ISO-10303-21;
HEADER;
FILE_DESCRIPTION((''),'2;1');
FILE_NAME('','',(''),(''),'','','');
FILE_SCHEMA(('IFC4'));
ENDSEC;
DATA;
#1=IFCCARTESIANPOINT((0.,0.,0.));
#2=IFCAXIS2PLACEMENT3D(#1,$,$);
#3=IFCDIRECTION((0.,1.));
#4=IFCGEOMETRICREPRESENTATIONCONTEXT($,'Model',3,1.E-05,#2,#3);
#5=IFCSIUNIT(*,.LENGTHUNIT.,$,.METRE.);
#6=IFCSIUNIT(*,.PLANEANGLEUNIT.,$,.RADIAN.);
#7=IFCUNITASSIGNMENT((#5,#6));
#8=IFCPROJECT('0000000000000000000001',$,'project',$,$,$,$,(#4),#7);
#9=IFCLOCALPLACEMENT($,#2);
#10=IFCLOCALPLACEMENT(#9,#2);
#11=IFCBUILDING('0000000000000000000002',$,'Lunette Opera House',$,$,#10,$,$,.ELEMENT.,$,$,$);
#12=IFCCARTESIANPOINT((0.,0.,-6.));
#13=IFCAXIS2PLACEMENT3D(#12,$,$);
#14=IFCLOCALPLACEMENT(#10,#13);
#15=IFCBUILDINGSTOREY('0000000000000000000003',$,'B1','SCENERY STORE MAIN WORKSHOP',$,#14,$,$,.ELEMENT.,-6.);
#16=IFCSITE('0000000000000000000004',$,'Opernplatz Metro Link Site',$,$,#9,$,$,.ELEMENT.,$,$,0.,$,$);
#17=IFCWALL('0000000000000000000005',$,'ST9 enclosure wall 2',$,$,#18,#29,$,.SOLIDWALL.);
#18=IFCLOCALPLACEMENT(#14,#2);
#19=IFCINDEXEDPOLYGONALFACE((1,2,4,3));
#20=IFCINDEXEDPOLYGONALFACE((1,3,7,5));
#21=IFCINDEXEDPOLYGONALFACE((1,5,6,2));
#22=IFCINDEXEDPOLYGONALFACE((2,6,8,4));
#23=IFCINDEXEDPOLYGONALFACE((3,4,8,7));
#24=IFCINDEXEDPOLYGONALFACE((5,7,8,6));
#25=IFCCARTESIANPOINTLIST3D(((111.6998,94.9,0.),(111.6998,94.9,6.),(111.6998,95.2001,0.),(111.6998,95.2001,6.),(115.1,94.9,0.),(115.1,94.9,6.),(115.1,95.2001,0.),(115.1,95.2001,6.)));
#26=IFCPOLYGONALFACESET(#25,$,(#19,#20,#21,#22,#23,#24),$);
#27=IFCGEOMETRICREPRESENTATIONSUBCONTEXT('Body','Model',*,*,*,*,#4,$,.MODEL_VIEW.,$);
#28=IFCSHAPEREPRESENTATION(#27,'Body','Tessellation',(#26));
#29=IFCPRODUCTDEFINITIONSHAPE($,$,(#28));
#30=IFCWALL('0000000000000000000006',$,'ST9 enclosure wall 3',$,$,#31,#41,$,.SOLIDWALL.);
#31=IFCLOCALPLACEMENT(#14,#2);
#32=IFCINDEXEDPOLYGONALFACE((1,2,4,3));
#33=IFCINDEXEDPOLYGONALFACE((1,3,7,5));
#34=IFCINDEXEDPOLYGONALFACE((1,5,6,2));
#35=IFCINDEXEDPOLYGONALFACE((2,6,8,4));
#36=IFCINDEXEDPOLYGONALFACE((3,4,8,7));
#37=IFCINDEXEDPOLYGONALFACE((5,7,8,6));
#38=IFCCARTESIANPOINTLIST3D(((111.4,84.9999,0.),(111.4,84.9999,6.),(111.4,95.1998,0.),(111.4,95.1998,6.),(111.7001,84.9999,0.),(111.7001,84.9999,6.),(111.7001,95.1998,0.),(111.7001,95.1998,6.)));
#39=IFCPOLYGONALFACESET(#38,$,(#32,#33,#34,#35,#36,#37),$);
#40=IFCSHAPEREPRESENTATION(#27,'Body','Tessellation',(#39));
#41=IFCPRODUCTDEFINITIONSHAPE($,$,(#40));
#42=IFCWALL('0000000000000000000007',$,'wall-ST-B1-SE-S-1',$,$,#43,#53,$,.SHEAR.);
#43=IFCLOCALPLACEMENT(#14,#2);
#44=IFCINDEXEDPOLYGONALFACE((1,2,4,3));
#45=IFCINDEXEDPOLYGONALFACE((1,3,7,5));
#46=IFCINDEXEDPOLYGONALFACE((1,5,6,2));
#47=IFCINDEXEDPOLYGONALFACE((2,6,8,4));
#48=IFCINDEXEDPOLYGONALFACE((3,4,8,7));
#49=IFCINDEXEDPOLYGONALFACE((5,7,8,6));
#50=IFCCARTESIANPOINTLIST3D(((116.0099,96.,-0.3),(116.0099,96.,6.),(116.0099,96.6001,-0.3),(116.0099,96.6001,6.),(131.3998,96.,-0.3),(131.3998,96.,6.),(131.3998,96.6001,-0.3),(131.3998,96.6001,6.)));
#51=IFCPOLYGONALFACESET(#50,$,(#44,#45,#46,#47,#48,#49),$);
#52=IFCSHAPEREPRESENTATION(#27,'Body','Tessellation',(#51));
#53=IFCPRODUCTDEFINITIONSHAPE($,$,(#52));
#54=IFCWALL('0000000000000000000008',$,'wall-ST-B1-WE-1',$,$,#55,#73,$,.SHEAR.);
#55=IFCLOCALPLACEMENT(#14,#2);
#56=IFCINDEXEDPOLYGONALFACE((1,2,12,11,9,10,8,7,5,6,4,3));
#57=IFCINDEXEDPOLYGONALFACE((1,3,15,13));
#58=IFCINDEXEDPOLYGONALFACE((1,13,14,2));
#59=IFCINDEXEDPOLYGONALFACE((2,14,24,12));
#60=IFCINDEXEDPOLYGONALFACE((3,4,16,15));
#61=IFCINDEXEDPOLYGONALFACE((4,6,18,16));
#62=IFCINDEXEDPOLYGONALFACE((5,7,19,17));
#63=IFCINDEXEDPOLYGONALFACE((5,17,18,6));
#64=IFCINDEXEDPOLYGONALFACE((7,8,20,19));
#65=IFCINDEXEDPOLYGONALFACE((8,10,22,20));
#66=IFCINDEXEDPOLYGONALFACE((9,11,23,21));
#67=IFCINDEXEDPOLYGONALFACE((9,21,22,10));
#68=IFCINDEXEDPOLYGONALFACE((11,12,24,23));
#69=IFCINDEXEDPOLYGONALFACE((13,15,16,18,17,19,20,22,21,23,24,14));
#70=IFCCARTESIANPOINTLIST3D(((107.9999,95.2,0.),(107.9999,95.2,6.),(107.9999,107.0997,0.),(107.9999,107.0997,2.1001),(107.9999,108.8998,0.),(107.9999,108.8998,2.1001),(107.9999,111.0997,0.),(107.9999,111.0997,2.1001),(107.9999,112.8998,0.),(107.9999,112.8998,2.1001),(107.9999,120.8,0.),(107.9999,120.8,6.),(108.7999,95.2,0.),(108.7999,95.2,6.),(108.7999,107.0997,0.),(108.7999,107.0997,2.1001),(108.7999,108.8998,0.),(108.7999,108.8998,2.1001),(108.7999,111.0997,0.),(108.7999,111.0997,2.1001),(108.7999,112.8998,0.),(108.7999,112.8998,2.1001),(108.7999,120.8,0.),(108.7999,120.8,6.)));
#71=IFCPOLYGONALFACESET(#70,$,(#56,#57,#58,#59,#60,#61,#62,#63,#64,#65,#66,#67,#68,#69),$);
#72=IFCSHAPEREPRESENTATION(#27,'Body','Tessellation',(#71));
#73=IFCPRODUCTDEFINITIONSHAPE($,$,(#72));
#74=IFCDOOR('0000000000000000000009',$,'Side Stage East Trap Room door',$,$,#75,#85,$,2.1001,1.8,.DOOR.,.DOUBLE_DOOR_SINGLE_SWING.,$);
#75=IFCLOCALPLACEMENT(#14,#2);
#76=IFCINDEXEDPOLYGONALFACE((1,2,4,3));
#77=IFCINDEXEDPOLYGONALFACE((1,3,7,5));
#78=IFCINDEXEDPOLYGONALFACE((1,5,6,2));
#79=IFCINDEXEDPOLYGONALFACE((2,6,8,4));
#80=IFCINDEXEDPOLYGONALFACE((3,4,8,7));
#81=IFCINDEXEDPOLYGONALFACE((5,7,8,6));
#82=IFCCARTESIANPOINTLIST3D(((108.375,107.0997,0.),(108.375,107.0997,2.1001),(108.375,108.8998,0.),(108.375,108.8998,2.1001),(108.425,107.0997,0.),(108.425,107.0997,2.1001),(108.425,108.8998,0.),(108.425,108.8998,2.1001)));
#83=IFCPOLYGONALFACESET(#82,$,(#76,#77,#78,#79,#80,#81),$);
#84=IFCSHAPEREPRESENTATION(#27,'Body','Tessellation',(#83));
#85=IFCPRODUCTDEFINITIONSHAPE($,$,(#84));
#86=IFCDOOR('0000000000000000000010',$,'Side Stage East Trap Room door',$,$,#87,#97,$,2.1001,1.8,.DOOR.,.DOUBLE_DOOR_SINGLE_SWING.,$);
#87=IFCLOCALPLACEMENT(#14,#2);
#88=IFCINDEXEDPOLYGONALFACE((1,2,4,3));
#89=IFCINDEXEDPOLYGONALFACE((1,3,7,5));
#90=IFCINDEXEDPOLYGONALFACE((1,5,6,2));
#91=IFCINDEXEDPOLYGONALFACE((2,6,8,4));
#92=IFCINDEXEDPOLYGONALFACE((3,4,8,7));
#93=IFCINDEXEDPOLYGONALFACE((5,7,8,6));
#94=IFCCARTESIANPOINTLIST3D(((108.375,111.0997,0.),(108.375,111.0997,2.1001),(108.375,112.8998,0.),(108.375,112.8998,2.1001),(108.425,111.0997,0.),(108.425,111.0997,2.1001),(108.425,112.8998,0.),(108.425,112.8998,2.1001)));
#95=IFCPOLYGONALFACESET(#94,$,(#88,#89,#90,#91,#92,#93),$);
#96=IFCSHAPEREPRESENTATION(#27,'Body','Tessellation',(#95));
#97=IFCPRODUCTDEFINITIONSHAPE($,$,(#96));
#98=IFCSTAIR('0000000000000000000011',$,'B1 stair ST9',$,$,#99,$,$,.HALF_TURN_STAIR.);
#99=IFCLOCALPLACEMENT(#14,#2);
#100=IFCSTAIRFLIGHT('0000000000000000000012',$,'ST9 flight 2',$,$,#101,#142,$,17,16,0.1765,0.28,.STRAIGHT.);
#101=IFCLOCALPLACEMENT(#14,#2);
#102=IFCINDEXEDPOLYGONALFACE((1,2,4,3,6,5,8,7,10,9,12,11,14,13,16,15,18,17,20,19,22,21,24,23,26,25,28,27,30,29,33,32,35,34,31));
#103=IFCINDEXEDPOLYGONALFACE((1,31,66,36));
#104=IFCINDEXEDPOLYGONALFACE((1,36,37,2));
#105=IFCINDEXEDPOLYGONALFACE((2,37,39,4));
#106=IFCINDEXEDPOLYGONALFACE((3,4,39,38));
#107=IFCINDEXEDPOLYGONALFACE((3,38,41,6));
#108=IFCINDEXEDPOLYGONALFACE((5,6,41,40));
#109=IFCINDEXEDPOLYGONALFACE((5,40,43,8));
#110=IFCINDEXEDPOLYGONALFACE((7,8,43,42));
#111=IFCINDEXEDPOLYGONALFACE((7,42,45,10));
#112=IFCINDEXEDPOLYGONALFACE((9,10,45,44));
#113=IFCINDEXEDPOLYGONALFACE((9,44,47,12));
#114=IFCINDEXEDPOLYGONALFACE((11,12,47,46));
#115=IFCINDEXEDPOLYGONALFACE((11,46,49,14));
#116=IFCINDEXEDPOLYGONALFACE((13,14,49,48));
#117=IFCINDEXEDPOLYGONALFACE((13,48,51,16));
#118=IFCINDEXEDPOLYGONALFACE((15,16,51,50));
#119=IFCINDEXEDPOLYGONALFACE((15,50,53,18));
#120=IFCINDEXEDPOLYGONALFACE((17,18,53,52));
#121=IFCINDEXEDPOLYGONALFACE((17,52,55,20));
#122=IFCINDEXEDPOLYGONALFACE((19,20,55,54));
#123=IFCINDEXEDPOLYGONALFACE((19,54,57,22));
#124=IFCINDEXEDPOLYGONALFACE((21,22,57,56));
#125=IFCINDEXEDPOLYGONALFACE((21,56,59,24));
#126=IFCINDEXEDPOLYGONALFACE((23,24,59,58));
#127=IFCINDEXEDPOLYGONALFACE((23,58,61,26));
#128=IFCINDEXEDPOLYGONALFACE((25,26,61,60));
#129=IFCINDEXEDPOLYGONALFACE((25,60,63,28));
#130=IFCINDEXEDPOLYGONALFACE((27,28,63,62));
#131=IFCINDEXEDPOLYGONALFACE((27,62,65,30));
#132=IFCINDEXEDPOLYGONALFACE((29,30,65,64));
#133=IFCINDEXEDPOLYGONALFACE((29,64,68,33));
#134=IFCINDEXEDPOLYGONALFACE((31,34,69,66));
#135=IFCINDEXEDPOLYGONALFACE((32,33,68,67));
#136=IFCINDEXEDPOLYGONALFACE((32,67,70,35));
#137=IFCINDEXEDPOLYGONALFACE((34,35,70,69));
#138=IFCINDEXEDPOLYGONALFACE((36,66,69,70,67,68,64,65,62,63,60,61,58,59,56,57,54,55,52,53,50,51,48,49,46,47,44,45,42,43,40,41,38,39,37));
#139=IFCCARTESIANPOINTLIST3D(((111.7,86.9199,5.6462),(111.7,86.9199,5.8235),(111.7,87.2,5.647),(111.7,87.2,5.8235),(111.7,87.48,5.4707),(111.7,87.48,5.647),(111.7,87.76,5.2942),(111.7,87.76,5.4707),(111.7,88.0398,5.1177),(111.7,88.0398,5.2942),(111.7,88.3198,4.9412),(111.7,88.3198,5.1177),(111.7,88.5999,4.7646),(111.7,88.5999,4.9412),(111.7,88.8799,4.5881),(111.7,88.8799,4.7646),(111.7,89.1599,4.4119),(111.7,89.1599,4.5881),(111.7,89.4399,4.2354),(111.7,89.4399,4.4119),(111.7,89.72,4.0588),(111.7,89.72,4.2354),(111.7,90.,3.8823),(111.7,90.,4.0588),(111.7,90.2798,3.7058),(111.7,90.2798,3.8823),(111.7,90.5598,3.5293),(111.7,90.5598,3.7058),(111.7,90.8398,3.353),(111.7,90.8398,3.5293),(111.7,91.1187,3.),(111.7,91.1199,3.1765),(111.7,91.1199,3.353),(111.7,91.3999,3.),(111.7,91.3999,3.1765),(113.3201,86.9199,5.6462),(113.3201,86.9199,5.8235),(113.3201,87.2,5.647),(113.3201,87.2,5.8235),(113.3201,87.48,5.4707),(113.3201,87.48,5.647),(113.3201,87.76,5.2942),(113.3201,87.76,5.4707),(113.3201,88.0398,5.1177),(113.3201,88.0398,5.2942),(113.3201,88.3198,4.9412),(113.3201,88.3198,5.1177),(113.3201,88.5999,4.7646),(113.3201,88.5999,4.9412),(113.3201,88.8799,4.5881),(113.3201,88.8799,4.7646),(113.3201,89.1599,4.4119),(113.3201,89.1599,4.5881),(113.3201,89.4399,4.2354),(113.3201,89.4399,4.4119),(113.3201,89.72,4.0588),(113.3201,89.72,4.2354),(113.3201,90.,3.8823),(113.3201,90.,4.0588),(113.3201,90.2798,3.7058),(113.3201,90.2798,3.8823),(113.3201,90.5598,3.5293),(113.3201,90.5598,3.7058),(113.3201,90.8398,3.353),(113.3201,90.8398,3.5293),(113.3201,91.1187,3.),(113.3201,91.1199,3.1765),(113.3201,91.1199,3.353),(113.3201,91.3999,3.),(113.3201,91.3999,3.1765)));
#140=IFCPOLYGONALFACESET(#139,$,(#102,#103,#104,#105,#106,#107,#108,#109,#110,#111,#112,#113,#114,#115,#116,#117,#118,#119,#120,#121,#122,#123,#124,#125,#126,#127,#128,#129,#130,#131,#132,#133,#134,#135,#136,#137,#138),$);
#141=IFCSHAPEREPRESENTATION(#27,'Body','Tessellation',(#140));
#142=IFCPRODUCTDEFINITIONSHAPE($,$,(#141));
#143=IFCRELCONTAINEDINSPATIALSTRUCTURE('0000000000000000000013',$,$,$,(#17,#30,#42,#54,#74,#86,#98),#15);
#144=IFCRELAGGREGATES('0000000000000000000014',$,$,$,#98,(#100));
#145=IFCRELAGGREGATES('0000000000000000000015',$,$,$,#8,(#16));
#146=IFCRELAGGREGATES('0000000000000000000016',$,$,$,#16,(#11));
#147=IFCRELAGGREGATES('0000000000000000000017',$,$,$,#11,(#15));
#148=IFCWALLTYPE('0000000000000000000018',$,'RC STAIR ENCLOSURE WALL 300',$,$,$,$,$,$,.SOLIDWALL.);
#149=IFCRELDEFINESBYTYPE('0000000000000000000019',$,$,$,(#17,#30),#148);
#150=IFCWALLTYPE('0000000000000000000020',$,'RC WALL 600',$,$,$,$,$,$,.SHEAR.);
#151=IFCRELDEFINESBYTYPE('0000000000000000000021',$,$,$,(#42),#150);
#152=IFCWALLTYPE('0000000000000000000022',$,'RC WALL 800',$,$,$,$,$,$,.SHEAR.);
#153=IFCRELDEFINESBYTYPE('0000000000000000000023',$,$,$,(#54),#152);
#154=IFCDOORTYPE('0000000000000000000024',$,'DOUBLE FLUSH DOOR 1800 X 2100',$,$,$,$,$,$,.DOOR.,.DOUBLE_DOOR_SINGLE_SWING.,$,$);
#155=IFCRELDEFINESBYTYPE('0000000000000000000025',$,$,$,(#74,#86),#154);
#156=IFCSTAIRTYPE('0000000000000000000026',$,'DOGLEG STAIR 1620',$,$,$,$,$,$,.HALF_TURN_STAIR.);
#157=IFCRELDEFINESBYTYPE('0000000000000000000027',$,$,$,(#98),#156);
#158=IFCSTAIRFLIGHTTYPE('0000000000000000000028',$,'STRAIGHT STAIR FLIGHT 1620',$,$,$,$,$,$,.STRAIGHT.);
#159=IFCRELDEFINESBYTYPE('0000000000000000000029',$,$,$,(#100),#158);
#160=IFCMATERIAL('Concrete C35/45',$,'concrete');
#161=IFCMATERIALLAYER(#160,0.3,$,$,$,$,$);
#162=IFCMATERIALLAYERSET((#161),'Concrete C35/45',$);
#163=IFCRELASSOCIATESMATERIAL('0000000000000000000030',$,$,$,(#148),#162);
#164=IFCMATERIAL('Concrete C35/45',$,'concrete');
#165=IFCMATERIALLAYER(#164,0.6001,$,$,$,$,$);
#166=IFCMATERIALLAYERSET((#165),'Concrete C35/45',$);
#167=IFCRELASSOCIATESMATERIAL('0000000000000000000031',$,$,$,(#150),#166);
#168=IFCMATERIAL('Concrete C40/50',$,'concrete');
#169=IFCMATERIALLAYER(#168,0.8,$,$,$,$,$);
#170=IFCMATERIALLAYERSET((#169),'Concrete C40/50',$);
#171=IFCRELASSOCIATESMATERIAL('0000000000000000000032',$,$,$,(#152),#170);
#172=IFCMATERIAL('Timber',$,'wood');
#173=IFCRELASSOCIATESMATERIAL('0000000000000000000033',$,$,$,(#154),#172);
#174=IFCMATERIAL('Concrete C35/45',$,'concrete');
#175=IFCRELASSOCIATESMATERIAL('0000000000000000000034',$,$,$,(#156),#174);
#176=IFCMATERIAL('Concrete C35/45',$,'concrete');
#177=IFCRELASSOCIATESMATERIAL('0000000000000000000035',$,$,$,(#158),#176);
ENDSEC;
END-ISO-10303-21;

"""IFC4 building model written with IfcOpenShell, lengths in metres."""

from ifc_helpers import new_model, si_unit, direction, frame, frame_2d, origin, place, context, subcontext, project, spatial, polyline, rectangle, outline, extrude, material, layer, layer_set, type_object, element, fill, aggregate, save


model = new_model("IFC4")

# Units and contexts
model_context = context("Model", 3, precision=1e-05, world=origin(), true_north=direction((0.0, 1.0)))
body_context = subcontext(model_context, "Body", "Model", "MODEL_VIEW")
ifc_project = project(units=[si_unit("LENGTHUNIT", "METRE"), si_unit("PLANEANGLEUNIT", "RADIAN")], contexts=[model_context])

# Site, building, storey
site_placement = place(None, origin())
site = spatial("IfcSite", under=ifc_project, at=site_placement, Name="Opernplatz Metro Link Site", CompositionType="ELEMENT", RefElevation=0.0)
building_placement = place(site_placement, origin())
building = spatial("IfcBuilding", under=site, at=building_placement, Name="Lunette Opera House", CompositionType="ELEMENT")
storey_placement = place(building_placement, frame((0.0, 0.0, -6.0)))
storey = spatial("IfcBuildingStorey", under=building, at=storey_placement, Name="B1", Description="SCENERY STORE MAIN WORKSHOP", CompositionType="ELEMENT", Elevation=-6.0)

# Walls
ifc_material_1 = material(Name="Concrete C35/45", Category="concrete")
ifc_layer_1 = layer(ifc_material_1, 0.3)
ifc_layer_set_1 = layer_set([ifc_layer_1], Name="Concrete C35/45")
wall_type_1 = type_object("IfcWallType", Name="RC STAIR ENCLOSURE WALL 300", PredefinedType="SOLIDWALL", material=ifc_layer_set_1)
wall_1_placement = place(storey_placement, frame((115.1001, 95.05, 0.0), z_axis=(0.0, 0.0, 1.0), x_axis=(-1.0, 0.0, 0.0)))
element("IfcWall", 1, at=wall_1_placement, inside=storey, type_object=wall_type_1, Name="ST9 enclosure wall 2", PredefinedType="SOLIDWALL", context=body_context, shape_type="SweptSolid", body=[
    extrude(rectangle(XDim=3.4001, YDim=0.3, at=frame_2d((1.7002, 0.0))), origin(), (0.0, 0.0, 1.0), 6.0),
])
wall_2_placement = place(storey_placement, frame((111.55, 95.2, 0.0), z_axis=(0.0, 0.0, 1.0), x_axis=(0.0, -1.0, 0.0)))
element("IfcWall", 2, at=wall_2_placement, inside=storey, type_object=wall_type_1, Name="ST9 enclosure wall 3", PredefinedType="SOLIDWALL", context=body_context, shape_type="SweptSolid", body=[
    extrude(rectangle(XDim=10.2, YDim=0.3, at=frame_2d((5.1001, 0.0))), origin(), (0.0, 0.0, 1.0), 6.0),
])
ifc_material_2 = material(Name="Concrete C35/45", Category="concrete")
ifc_layer_2 = layer(ifc_material_2, 0.6001)
ifc_layer_set_2 = layer_set([ifc_layer_2], Name="Concrete C35/45")
wall_type_2 = type_object("IfcWallType", Name="RC WALL 600", PredefinedType="SHEAR", material=ifc_layer_set_2)
wall_3_placement = place(storey_placement, frame((116.01, 96.3, -0.3), z_axis=(0.0, 0.0, 1.0), x_axis=(1.0, 0.0, 0.0)))
element("IfcWall", 3, at=wall_3_placement, inside=storey, type_object=wall_type_2, Name="wall-ST-B1-SE-S-1", PredefinedType="SHEAR", context=body_context, shape_type="SweptSolid", body=[
    extrude(rectangle(XDim=15.3899, YDim=0.6001, at=frame_2d((7.6948, 0.0))), origin(), (0.0, 0.0, 1.0), 6.3),
])

# Wall, openings, doors
ifc_material_3 = material(Name="Concrete C40/50", Category="concrete")
ifc_layer_3 = layer(ifc_material_3, 0.8)
ifc_layer_set_3 = layer_set([ifc_layer_3], Name="Concrete C40/50")
wall_type_3 = type_object("IfcWallType", Name="RC WALL 800", PredefinedType="SHEAR", material=ifc_layer_set_3)
wall_4_placement = place(storey_placement, frame((108.3999, 95.2, 0.0), z_axis=(0.0, 0.0, 1.0), x_axis=(0.0, 1.0, 0.0)))
wall_4 = element("IfcWall", 4, at=wall_4_placement, inside=storey, type_object=wall_type_3, Name="wall-ST-B1-WE-1", PredefinedType="SHEAR", context=body_context, shape_type="SweptSolid", body=[
    extrude(rectangle(XDim=25.6001, YDim=0.8, at=frame_2d((12.8, 0.0))), origin(), (0.0, 0.0, 1.0), 6.0),
])
opening_1_placement = place(wall_4_placement, frame((11.8999, 0.0, 0.0)))
opening_1 = element("IfcOpeningElement", 5, at=opening_1_placement, cuts=wall_4, PredefinedType="OPENING", context=body_context, shape_type="SweptSolid", body=[
    extrude(rectangle(XDim=1.8, YDim=2.1001, at=frame_2d((0.8999, 1.05))), frame((0.0, 0.4121, 0.0), z_axis=(0.0, -1.0, 0.0), x_axis=(1.0, 0.0, 0.0)), (0.0, 0.0, 1.0), 0.824),
])
opening_2_placement = place(wall_4_placement, frame((15.8999, 0.0, 0.0)))
opening_2 = element("IfcOpeningElement", 6, at=opening_2_placement, cuts=wall_4, PredefinedType="OPENING", context=body_context, shape_type="SweptSolid", body=[
    extrude(rectangle(XDim=1.8, YDim=2.1001, at=frame_2d((0.8999, 1.05))), frame((0.0, 0.4121, 0.0), z_axis=(0.0, -1.0, 0.0), x_axis=(1.0, 0.0, 0.0)), (0.0, 0.0, 1.0), 0.824),
])
ifc_material_4 = material(Name="Timber", Category="wood")
door_type = type_object("IfcDoorType", Name="DOUBLE FLUSH DOOR 1800 X 2100", OperationType="DOUBLE_DOOR_SINGLE_SWING", PredefinedType="DOOR", material=ifc_material_4)
door_1_placement = place(opening_1_placement, origin())
door_1 = element("IfcDoor", 7, at=door_1_placement, inside=storey, type_object=door_type, Name="Side Stage East Trap Room door", OperationType="DOUBLE_DOOR_SINGLE_SWING", OverallHeight=2.1001, OverallWidth=1.8, PredefinedType="DOOR", context=body_context, shape_type="SweptSolid", body=[
    extrude(rectangle(XDim=1.8, YDim=2.1001, at=frame_2d((0.8999, 1.05))), frame((0.0, 0.0249, 0.0), z_axis=(0.0, -1.0, 0.0), x_axis=(1.0, 0.0, 0.0)), (0.0, 0.0, 1.0), 0.05),
])
fill(opening_1, door_1)
door_2_placement = place(opening_2_placement, origin())
door_2 = element("IfcDoor", 8, at=door_2_placement, inside=storey, type_object=door_type, Name="Side Stage East Trap Room door", OperationType="DOUBLE_DOOR_SINGLE_SWING", OverallHeight=2.1001, OverallWidth=1.8, PredefinedType="DOOR", context=body_context, shape_type="SweptSolid", body=[
    extrude(rectangle(XDim=1.8, YDim=2.1001, at=frame_2d((0.8999, 1.05))), frame((0.0, 0.0249, 0.0), z_axis=(0.0, -1.0, 0.0), x_axis=(1.0, 0.0, 0.0)), (0.0, 0.0, 1.0), 0.05),
])
fill(opening_2, door_2)

# Stair, stair flight
ifc_material_5 = material(Name="Concrete C35/45", Category="concrete")
stair_type = type_object("IfcStairType", Name="DOGLEG STAIR 1620", PredefinedType="HALF_TURN_STAIR", material=ifc_material_5)
stair_placement = place(storey_placement, origin())
stair = element("IfcStair", 9, at=stair_placement, inside=storey, type_object=stair_type, Name="B1 stair ST9", PredefinedType="HALF_TURN_STAIR")
ifc_material_6 = material(Name="Concrete C35/45", Category="concrete")
stair_flight_type = type_object("IfcStairFlightType", Name="STRAIGHT STAIR FLIGHT 1620", PredefinedType="STRAIGHT", material=ifc_material_6)
stair_flight_placement = place(storey_placement, frame((112.51, 91.3999, 3.0), z_axis=(0.0, 0.0, 1.0), x_axis=(0.0, -1.0, 0.0)))
stair_flight = element("IfcStairFlight", 10, at=stair_flight_placement, type_object=stair_flight_type, Name="ST9 flight 2", NumberOfRisers=17, NumberOfTreads=16, PredefinedType="STRAIGHT", RiserHeight=0.1765, TreadLength=0.28, context=body_context, shape_type="SweptSolid", body=[
    extrude(outline(polyline([(0.0, 0.0), (0.0, 0.1765), (0.28, 0.1765), (0.28, 0.353), (0.5601, 0.353), (0.5601, 0.5293), (0.8401, 0.5293), (0.8401, 0.7058), (1.1201, 0.7058), (1.1201, 0.8823), (1.3999, 0.8823), (1.3999, 1.0588), (1.6799, 1.0588), (1.6799, 1.2354), (1.96, 1.2354), (1.96, 1.4119), (2.24, 1.4119), (2.24, 1.5881), (2.52, 1.5881), (2.52, 1.7646), (2.8, 1.7646), (2.8, 1.9412), (3.0801, 1.9412), (3.0801, 2.1177), (3.3601, 2.1177), (3.3601, 2.2942), (3.6399, 2.2942), (3.6399, 2.4707), (3.9199, 2.4707), (3.9199, 2.647), (4.2, 2.647), (4.2, 2.8235), (4.48, 2.8235), (4.48, 3.0), (4.48, 2.6462), (0.2812, 0.0), (0.0, 0.0)])), frame((0.0, 0.8101, 0.0), z_axis=(0.0, -1.0, 0.0), x_axis=(1.0, 0.0, 0.0)), (0.0, 0.0, 1.0), 1.6201),
])
aggregate(stair, [stair_flight])

save(model, "model.ifc")
